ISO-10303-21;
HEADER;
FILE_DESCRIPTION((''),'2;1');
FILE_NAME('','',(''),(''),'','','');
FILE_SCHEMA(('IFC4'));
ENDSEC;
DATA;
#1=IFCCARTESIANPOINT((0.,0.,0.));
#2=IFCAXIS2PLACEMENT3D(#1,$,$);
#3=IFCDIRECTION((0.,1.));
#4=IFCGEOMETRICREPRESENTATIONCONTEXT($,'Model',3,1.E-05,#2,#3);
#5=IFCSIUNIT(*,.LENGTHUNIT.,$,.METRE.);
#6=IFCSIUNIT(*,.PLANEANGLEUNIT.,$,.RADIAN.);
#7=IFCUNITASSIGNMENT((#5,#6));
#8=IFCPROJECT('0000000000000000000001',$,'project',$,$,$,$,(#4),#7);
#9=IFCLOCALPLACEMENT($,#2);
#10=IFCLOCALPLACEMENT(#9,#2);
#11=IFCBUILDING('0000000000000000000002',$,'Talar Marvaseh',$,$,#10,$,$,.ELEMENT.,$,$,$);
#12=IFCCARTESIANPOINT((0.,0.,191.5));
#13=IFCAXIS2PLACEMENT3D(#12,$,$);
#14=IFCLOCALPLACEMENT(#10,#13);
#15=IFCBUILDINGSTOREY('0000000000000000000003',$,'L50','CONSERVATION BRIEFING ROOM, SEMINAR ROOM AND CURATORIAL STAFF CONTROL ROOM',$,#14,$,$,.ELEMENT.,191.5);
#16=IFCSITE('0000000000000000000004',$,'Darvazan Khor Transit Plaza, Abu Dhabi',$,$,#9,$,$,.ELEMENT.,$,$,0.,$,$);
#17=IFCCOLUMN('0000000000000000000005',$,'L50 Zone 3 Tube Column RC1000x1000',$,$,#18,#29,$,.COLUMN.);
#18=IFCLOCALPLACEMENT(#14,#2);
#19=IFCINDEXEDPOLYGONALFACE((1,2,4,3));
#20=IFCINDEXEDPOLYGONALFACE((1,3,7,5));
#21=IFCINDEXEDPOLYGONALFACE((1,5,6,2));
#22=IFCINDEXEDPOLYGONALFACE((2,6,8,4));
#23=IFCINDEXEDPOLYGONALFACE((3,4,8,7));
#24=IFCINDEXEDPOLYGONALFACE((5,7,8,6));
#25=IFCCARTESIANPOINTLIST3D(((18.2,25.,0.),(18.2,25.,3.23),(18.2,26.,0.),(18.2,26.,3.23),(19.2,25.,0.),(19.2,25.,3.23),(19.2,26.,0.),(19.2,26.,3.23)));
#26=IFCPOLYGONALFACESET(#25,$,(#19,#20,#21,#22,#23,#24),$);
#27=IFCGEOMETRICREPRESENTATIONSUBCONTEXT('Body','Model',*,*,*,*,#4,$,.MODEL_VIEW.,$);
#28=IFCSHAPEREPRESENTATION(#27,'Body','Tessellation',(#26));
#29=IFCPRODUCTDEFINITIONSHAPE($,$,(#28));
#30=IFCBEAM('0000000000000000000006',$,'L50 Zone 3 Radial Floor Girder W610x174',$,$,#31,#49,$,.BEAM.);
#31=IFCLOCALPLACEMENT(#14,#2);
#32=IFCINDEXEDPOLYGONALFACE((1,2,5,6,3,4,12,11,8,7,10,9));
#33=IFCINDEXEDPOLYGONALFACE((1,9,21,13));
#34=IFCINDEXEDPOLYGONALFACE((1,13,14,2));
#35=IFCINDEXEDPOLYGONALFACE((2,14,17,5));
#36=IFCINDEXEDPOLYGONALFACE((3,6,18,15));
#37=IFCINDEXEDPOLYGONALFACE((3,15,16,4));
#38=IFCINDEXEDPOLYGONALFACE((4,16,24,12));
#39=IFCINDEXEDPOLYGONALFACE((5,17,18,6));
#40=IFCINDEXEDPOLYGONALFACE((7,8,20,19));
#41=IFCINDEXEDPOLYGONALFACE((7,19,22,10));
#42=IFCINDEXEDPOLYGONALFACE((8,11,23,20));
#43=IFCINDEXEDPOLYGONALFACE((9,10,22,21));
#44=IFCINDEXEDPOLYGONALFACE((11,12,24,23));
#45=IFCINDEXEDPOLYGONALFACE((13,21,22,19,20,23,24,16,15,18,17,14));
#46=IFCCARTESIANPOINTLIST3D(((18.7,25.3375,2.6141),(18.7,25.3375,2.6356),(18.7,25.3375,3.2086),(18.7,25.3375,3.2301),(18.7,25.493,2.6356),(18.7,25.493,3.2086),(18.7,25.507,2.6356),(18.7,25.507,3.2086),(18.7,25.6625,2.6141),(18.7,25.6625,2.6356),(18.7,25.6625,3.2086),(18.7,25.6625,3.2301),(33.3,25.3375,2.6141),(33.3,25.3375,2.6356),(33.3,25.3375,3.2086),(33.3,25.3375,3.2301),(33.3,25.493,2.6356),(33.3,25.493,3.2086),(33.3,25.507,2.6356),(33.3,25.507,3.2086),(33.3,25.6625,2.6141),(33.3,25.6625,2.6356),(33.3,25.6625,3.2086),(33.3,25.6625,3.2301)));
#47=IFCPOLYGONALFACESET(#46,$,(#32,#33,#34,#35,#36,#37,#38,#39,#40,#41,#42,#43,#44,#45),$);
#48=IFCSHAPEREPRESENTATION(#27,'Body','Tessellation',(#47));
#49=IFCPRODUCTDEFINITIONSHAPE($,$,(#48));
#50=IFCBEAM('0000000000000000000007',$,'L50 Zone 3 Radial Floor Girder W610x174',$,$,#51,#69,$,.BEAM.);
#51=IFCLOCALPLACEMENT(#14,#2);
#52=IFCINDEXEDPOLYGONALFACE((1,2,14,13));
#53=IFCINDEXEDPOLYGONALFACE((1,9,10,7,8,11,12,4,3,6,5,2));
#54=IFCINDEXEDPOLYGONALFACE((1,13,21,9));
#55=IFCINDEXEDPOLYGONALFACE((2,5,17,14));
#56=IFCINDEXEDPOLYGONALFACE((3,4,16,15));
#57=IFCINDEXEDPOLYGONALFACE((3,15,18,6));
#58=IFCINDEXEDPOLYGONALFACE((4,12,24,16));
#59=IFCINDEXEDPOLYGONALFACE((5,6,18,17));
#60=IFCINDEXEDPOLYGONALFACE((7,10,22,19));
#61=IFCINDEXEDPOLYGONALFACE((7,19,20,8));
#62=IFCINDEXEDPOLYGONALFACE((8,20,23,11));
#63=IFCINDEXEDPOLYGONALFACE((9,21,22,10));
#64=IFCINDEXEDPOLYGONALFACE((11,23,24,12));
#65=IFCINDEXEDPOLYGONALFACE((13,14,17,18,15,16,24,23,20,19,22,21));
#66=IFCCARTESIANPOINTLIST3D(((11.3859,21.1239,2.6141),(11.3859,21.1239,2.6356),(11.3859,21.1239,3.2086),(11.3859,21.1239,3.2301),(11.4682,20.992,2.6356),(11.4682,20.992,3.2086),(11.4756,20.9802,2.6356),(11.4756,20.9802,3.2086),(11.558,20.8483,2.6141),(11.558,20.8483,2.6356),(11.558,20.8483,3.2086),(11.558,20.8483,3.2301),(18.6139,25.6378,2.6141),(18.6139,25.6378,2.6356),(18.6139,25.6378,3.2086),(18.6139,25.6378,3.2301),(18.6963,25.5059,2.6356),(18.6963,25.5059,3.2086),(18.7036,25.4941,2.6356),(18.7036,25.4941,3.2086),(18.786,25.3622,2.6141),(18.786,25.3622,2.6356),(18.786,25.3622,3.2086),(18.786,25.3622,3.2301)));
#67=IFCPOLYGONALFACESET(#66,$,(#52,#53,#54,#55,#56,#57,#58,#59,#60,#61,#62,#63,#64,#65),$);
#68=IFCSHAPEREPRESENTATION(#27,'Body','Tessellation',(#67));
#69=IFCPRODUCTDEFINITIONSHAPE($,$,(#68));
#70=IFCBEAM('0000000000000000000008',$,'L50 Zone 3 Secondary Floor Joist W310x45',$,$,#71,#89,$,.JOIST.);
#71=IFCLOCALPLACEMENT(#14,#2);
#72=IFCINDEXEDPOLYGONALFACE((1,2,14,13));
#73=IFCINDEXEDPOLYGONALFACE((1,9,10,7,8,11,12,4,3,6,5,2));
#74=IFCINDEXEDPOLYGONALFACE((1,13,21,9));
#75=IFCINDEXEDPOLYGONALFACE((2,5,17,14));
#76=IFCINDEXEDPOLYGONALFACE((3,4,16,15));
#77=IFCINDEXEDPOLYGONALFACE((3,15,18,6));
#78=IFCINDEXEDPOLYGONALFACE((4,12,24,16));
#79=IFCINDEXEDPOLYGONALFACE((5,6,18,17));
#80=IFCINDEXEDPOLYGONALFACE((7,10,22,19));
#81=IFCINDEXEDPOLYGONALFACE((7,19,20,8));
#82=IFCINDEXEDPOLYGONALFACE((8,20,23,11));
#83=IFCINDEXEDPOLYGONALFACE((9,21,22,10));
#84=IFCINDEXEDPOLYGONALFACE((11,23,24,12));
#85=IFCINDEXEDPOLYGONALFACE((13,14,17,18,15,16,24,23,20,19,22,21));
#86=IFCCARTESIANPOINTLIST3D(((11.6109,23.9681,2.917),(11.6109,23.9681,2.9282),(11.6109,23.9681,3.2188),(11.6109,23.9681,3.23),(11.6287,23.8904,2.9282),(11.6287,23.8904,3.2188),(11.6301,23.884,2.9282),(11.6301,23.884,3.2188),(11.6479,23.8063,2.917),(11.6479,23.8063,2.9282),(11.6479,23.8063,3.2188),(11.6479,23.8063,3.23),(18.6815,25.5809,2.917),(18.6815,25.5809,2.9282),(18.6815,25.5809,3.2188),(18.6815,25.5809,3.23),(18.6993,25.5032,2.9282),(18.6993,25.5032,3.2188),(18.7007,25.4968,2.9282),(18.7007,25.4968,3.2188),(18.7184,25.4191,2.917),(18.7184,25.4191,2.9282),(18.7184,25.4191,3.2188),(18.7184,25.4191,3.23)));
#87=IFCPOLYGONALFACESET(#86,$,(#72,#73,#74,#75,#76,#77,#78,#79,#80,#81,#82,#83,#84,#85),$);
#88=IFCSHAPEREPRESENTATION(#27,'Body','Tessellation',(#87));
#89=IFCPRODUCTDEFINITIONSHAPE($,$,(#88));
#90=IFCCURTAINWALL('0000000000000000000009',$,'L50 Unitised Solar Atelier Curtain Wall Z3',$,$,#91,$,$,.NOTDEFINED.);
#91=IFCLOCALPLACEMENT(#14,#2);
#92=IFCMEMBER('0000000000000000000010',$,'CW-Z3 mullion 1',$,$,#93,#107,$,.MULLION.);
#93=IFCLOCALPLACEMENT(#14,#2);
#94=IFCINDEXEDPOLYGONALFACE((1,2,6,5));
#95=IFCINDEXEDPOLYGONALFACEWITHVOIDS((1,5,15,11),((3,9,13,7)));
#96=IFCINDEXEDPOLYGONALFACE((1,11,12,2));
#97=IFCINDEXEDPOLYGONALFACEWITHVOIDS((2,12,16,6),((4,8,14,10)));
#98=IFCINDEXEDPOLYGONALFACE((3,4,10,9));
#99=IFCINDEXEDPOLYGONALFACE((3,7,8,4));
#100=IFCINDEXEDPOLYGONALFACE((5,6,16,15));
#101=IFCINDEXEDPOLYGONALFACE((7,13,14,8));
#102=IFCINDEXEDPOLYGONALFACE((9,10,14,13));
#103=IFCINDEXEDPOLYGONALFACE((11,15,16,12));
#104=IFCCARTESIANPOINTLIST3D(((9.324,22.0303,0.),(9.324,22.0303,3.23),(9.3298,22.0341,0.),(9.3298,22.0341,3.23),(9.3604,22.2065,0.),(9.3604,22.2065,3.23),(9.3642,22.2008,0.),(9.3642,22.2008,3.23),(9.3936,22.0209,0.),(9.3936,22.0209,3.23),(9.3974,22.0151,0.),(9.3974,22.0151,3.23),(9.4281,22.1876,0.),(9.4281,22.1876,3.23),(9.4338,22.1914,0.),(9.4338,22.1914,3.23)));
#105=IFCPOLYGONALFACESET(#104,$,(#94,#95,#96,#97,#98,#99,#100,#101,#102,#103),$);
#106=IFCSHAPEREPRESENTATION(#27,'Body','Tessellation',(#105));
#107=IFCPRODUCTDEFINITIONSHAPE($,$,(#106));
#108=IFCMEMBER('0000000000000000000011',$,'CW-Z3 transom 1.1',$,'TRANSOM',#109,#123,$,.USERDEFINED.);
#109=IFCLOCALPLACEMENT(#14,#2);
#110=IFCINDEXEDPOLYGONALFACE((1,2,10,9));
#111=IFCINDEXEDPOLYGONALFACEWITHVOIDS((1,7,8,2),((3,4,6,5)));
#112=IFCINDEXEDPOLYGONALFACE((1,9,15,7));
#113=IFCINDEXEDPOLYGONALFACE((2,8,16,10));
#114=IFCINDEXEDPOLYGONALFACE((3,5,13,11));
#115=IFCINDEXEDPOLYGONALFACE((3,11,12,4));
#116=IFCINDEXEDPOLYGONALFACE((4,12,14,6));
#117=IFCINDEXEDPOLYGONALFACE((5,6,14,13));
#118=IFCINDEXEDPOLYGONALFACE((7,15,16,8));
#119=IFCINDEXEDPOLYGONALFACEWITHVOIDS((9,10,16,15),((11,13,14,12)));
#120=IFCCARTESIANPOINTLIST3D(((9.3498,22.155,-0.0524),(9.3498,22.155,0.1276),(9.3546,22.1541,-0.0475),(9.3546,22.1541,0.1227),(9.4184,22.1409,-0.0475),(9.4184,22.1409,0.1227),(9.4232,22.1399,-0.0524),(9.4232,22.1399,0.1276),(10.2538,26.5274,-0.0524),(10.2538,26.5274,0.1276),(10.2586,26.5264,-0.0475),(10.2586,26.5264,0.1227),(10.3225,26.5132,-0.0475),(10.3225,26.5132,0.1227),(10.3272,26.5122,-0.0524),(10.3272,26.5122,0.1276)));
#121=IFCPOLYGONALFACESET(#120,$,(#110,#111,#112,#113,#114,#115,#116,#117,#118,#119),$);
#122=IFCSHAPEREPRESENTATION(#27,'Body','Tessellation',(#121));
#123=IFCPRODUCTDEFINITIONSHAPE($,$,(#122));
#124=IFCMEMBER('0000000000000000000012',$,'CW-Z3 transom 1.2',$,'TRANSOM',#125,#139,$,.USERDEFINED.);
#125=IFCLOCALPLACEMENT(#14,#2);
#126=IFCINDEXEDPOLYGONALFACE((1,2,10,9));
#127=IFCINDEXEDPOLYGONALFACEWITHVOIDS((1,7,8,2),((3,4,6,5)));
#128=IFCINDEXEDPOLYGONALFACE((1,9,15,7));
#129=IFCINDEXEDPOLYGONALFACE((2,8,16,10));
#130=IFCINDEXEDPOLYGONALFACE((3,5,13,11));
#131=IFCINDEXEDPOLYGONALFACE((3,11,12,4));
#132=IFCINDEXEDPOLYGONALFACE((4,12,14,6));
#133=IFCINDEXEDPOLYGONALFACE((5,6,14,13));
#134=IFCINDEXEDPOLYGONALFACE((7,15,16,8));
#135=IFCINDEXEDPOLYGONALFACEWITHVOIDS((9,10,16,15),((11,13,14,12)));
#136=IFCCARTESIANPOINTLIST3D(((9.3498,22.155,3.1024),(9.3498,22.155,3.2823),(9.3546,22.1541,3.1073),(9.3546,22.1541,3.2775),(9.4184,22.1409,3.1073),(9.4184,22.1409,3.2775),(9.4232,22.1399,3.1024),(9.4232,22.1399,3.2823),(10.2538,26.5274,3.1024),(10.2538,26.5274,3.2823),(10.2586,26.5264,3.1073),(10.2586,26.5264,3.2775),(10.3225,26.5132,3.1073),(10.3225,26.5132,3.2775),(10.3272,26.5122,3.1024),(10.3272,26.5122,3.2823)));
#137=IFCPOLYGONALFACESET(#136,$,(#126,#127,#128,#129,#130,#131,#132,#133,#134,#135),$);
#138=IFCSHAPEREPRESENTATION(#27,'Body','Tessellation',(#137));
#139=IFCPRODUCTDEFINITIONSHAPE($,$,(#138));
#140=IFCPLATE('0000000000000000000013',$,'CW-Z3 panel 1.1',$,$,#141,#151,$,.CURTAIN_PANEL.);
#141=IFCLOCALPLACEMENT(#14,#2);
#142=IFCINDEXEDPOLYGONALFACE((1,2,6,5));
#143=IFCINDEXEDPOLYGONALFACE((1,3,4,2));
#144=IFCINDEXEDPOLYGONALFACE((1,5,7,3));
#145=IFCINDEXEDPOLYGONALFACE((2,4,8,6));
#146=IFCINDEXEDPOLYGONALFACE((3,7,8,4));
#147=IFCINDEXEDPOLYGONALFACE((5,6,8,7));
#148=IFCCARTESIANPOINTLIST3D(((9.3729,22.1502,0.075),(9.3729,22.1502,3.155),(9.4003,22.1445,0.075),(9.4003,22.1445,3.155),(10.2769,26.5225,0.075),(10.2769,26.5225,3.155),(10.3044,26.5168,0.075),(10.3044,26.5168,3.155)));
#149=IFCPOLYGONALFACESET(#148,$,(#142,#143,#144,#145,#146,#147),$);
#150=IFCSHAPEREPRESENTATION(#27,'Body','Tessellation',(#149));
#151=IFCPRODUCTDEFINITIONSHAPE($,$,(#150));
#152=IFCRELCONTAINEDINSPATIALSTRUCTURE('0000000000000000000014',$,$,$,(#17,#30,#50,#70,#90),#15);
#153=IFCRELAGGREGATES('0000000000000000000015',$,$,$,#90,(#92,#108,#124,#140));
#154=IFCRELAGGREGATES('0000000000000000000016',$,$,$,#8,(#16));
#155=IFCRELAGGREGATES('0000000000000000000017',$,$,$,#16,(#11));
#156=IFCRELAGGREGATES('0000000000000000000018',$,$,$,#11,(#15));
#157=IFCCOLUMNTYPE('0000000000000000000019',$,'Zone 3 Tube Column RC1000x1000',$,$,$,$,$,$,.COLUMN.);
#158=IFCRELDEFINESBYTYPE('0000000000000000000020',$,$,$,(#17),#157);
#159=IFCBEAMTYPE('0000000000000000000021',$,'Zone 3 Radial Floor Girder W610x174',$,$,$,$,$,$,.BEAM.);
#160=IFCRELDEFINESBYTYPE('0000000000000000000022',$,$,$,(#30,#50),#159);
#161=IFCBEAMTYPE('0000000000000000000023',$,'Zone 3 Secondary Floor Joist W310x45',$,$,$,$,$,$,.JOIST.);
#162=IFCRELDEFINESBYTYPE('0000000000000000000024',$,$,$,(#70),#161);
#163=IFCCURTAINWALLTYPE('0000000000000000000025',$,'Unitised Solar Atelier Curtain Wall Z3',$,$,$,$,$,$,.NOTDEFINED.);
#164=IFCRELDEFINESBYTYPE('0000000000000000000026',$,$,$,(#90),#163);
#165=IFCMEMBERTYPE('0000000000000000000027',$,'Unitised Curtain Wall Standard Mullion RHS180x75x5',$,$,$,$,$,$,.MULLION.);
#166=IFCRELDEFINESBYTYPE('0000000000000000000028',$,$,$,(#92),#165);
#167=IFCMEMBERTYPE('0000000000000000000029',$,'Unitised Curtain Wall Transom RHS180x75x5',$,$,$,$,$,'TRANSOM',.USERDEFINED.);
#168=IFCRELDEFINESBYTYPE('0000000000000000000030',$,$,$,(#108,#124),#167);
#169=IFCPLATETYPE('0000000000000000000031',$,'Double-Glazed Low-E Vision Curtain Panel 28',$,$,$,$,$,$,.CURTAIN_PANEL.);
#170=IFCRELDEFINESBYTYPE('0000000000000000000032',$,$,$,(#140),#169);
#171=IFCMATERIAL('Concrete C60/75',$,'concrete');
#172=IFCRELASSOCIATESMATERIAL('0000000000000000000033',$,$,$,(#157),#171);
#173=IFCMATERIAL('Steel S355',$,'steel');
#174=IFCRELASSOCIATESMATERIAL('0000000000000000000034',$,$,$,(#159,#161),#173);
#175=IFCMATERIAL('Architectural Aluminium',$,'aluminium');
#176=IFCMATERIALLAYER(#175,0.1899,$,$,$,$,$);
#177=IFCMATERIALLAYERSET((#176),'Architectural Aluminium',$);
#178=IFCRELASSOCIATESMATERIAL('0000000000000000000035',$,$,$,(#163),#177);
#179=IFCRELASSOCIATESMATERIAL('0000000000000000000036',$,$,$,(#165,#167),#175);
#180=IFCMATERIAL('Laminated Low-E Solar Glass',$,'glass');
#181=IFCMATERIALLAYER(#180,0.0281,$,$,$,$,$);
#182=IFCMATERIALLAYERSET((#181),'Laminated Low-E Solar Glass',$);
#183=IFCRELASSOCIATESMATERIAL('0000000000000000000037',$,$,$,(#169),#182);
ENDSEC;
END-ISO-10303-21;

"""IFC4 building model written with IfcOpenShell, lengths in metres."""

from ifc_helpers import new_model, si_unit, direction, frame, origin, origin_2d, place, context, subcontext, project, spatial, rectangle, hollow_rectangle, i_section, extrude, source, transform, mapped, material, layer, layer_set, material_profile, profile_set, type_object, type_shapes, element, aggregate, save


model = new_model("IFC4")

# Units and contexts
model_context = context("Model", 3, precision=1e-05, world=origin(), true_north=direction((0.0, 1.0)))
body_context = subcontext(model_context, "Body", "Model", "MODEL_VIEW")
ifc_project = project(units=[si_unit("LENGTHUNIT", "METRE"), si_unit("PLANEANGLEUNIT", "RADIAN")], contexts=[model_context])

# Site, building, storey
site_placement = place(None, origin())
site = spatial("IfcSite", under=ifc_project, at=site_placement, Name="Darvazan Khor Transit Plaza, Abu Dhabi", CompositionType="ELEMENT", RefElevation=0.0)
building_placement = place(site_placement, origin())
building = spatial("IfcBuilding", under=site, at=building_placement, Name="Talar Marvaseh", CompositionType="ELEMENT")
storey_placement = place(building_placement, frame((0.0, 0.0, 191.5)))
storey = spatial("IfcBuildingStorey", under=building, at=storey_placement, Name="L50", Description="CONSERVATION BRIEFING ROOM, SEMINAR ROOM AND CURATORIAL STAFF CONTROL ROOM", CompositionType="ELEMENT", Elevation=191.5)

# Column
ifc_material_1 = material(Name="Concrete C60/75", Category="concrete")
ifc_material_profile_1 = material_profile(ifc_material_1, rectangle(XDim=1.0, YDim=1.0, at=origin_2d()), Name="RC1000x1000")
ifc_profile_set_1 = profile_set([ifc_material_profile_1], Name="Concrete C60/75")
column_type = type_object("IfcColumnType", Name="Zone 3 Tube Column RC1000x1000", PredefinedType="COLUMN", material=ifc_profile_set_1)
column_placement = place(storey_placement, frame((18.7, 25.5, 0.0), z_axis=(0.0, 0.0, 1.0), x_axis=(1.0, 0.0, 0.0)))
element("IfcColumn", 1, at=column_placement, inside=storey, type_object=column_type, Name="L50 Zone 3 Tube Column RC1000x1000", PredefinedType="COLUMN", context=body_context, shape_type="SweptSolid", body=[
    extrude(rectangle(XDim=1.0, YDim=1.0, at=origin_2d()), origin(), (0.0, 0.0, 1.0), 3.23),
])

# Beams
ifc_material_2 = material(Name="Steel S355", Category="steel")
ifc_material_profile_2 = material_profile(ifc_material_2, i_section(OverallWidth=0.325, OverallDepth=0.616, WebThickness=0.0139, FlangeThickness=0.0215, at=origin_2d()), Name="W610x174")
ifc_profile_set_2 = profile_set([ifc_material_profile_2], Name="Steel S355")
beam_type_1 = type_object("IfcBeamType", Name="Zone 3 Radial Floor Girder W610x174", PredefinedType="BEAM", material=ifc_profile_set_2)
beam_1_placement = place(storey_placement, frame((18.7, 25.5, 2.9221), z_axis=(1.0, 0.0, 0.0), x_axis=(0.0, 1.0, 0.0)))
element("IfcBeam", 2, at=beam_1_placement, inside=storey, type_object=beam_type_1, Name="L50 Zone 3 Radial Floor Girder W610x174", PredefinedType="BEAM", context=body_context, shape_type="SweptSolid", body=[
    extrude(i_section(OverallWidth=0.325, OverallDepth=0.616, WebThickness=0.0139, FlangeThickness=0.0215, at=origin_2d()), origin(), (0.0, 0.0, 1.0), 14.6001),
])
beam_2_placement = place(storey_placement, frame((11.4719, 20.9861, 2.9221), z_axis=(0.848188, 0.529695, 0.0), x_axis=(-0.529695, 0.848188, 0.0)))
element("IfcBeam", 3, at=beam_2_placement, inside=storey, type_object=beam_type_1, Name="L50 Zone 3 Radial Floor Girder W610x174", PredefinedType="BEAM", context=body_context, shape_type="SweptSolid", body=[
    extrude(i_section(OverallWidth=0.325, OverallDepth=0.616, WebThickness=0.0139, FlangeThickness=0.0215, at=origin_2d()), origin(), (0.0, 0.0, 1.0), 8.5217),
])
ifc_material_profile_3 = material_profile(ifc_material_2, i_section(OverallWidth=0.166, OverallDepth=0.313, WebThickness=0.0066, FlangeThickness=0.0112, at=origin_2d()), Name="W310x45")
ifc_profile_set_3 = profile_set([ifc_material_profile_3], Name="Steel S355")
beam_type_2 = type_object("IfcBeamType", Name="Zone 3 Secondary Floor Joist W310x45", PredefinedType="JOIST", material=ifc_profile_set_3)
beam_3_placement = place(storey_placement, frame((11.6294, 23.8872, 3.0735), z_axis=(0.974958, 0.222388, 0.0), x_axis=(-0.222388, 0.974958, 0.0)))
element("IfcBeam", 4, at=beam_3_placement, inside=storey, type_object=beam_type_2, Name="L50 Zone 3 Secondary Floor Joist W310x45", PredefinedType="JOIST", context=body_context, shape_type="SweptSolid", body=[
    extrude(i_section(OverallWidth=0.166, OverallDepth=0.313, WebThickness=0.0066, FlangeThickness=0.0112, at=origin_2d()), origin(), (0.0, 0.0, 1.0), 7.2522),
])

# Curtain wall, members, plate
ifc_material_3 = material(Name="Architectural Aluminium", Category="aluminium")
ifc_layer_1 = layer(ifc_material_3, 0.1899)
ifc_layer_set_1 = layer_set([ifc_layer_1], Name="Architectural Aluminium")
curtain_wall_type = type_object("IfcCurtainWallType", Name="Unitised Solar Atelier Curtain Wall Z3", PredefinedType="NOTDEFINED", material=ifc_layer_set_1)
curtain_wall_placement = place(storey_placement, origin())
curtain_wall = element("IfcCurtainWall", 5, at=curtain_wall_placement, inside=storey, type_object=curtain_wall_type, Name="L50 Unitised Solar Atelier Curtain Wall Z3", PredefinedType="NOTDEFINED")
ifc_material_profile_4 = material_profile(ifc_material_3, hollow_rectangle(XDim=0.075, YDim=0.1799, WallThickness=0.0049, at=origin_2d()), Name="RHS180x75x5")
ifc_profile_set_4 = profile_set([ifc_material_profile_4], Name="Architectural Aluminium")
member_type_1 = type_object("IfcMemberType", Name="Unitised Curtain Wall Standard Mullion RHS180x75x5", PredefinedType="MULLION", material=ifc_profile_set_4)
shared_shape_1 = source(origin(), body_context, "Body", "SweptSolid", [
    extrude(hollow_rectangle(XDim=0.075, YDim=0.1799, WallThickness=0.0049, at=origin_2d()), origin(), (0.0, 0.0, 1.0), 3.23),
])
type_shapes(member_type_1, [shared_shape_1])
member_1_placement = place(storey_placement, frame((9.3789, 22.1108, 0.0), z_axis=(0.0, 0.0, 1.0), x_axis=(-0.979286, 0.20248, 0.0)))
member_1 = element("IfcMember", 6, at=member_1_placement, type_object=member_type_1, Name="CW-Z3 mullion 1", PredefinedType="MULLION", context=body_context, shape_type="MappedRepresentation", body=[
    mapped(shared_shape_1, transform((0.0, 0.0, 0.0), x_axis=(1.0, 0.0, 0.0), y_axis=(0.0, 1.0, 0.0), z_axis=(0.0, 0.0, 1.0), scale=1.0)),
])
ifc_material_profile_5 = material_profile(ifc_material_3, hollow_rectangle(XDim=0.075, YDim=0.1799, WallThickness=0.0049, at=origin_2d()), Name="RHS180x75x5")
ifc_profile_set_5 = profile_set([ifc_material_profile_5], Name="Architectural Aluminium")
member_type_2 = type_object("IfcMemberType", Name="Unitised Curtain Wall Transom RHS180x75x5", ElementType="TRANSOM", PredefinedType="USERDEFINED", material=ifc_profile_set_5)
shared_shape_2 = source(origin(), body_context, "Body", "SweptSolid", [
    extrude(hollow_rectangle(XDim=0.075, YDim=0.1799, WallThickness=0.0049, at=origin_2d()), origin(), (0.0, 0.0, 1.0), 4.4648),
])
type_shapes(member_type_2, [shared_shape_2])
member_2_placement = place(storey_placement, frame((9.3865, 22.1475, 0.0376), z_axis=(0.202484, 0.979285, 0.0), x_axis=(-0.979285, 0.202484, 0.0)))
member_2 = element("IfcMember", 7, at=member_2_placement, type_object=member_type_2, Name="CW-Z3 transom 1.1", ObjectType="TRANSOM", PredefinedType="USERDEFINED", context=body_context, shape_type="MappedRepresentation", body=[
    mapped(shared_shape_2, transform((0.0, 0.0, 0.0), x_axis=(1.0, 0.0, 0.0), y_axis=(0.0, 1.0, 0.0), z_axis=(0.0, 0.0, 1.0), scale=1.0)),
])
member_3_placement = place(storey_placement, frame((9.3865, 22.1475, 3.1924), z_axis=(0.202484, 0.979285, 0.0), x_axis=(-0.979285, 0.202484, 0.0)))
member_3 = element("IfcMember", 8, at=member_3_placement, type_object=member_type_2, Name="CW-Z3 transom 1.2", ObjectType="TRANSOM", PredefinedType="USERDEFINED", context=body_context, shape_type="MappedRepresentation", body=[
    mapped(shared_shape_2, transform((0.0, 0.0, 0.0), x_axis=(1.0, 0.0, 0.0), y_axis=(0.0, 1.0, 0.0), z_axis=(0.0, 0.0, 1.0), scale=1.0)),
])
ifc_material_4 = material(Name="Laminated Low-E Solar Glass", Category="glass")
ifc_layer_2 = layer(ifc_material_4, 0.0281)
ifc_layer_set_2 = layer_set([ifc_layer_2], Name="Laminated Low-E Solar Glass")
plate_type = type_object("IfcPlateType", Name="Double-Glazed Low-E Vision Curtain Panel 28", PredefinedType="CURTAIN_PANEL", material=ifc_layer_set_2)
shared_shape_3 = source(origin(), body_context, "Body", "SweptSolid", [
    extrude(rectangle(XDim=4.4648, YDim=0.0281, at=origin_2d()), origin(), (0.0, 0.0, 1.0), 3.0801),
])
type_shapes(plate_type, [shared_shape_3])
plate_placement = place(storey_placement, frame((9.8386, 24.3335, 0.075), z_axis=(0.0, 0.0, 1.0), x_axis=(0.20248, 0.979286, 0.0)))
plate = element("IfcPlate", 9, at=plate_placement, type_object=plate_type, Name="CW-Z3 panel 1.1", PredefinedType="CURTAIN_PANEL", context=body_context, shape_type="MappedRepresentation", body=[
    mapped(shared_shape_3, transform((0.0, 0.0, 0.0), x_axis=(1.0, 0.0, 0.0), y_axis=(0.0, 1.0, 0.0), z_axis=(0.0, 0.0, 1.0), scale=1.0)),
])
aggregate(curtain_wall, [member_1, member_2, member_3, plate])

save(model, "model.ifc")
